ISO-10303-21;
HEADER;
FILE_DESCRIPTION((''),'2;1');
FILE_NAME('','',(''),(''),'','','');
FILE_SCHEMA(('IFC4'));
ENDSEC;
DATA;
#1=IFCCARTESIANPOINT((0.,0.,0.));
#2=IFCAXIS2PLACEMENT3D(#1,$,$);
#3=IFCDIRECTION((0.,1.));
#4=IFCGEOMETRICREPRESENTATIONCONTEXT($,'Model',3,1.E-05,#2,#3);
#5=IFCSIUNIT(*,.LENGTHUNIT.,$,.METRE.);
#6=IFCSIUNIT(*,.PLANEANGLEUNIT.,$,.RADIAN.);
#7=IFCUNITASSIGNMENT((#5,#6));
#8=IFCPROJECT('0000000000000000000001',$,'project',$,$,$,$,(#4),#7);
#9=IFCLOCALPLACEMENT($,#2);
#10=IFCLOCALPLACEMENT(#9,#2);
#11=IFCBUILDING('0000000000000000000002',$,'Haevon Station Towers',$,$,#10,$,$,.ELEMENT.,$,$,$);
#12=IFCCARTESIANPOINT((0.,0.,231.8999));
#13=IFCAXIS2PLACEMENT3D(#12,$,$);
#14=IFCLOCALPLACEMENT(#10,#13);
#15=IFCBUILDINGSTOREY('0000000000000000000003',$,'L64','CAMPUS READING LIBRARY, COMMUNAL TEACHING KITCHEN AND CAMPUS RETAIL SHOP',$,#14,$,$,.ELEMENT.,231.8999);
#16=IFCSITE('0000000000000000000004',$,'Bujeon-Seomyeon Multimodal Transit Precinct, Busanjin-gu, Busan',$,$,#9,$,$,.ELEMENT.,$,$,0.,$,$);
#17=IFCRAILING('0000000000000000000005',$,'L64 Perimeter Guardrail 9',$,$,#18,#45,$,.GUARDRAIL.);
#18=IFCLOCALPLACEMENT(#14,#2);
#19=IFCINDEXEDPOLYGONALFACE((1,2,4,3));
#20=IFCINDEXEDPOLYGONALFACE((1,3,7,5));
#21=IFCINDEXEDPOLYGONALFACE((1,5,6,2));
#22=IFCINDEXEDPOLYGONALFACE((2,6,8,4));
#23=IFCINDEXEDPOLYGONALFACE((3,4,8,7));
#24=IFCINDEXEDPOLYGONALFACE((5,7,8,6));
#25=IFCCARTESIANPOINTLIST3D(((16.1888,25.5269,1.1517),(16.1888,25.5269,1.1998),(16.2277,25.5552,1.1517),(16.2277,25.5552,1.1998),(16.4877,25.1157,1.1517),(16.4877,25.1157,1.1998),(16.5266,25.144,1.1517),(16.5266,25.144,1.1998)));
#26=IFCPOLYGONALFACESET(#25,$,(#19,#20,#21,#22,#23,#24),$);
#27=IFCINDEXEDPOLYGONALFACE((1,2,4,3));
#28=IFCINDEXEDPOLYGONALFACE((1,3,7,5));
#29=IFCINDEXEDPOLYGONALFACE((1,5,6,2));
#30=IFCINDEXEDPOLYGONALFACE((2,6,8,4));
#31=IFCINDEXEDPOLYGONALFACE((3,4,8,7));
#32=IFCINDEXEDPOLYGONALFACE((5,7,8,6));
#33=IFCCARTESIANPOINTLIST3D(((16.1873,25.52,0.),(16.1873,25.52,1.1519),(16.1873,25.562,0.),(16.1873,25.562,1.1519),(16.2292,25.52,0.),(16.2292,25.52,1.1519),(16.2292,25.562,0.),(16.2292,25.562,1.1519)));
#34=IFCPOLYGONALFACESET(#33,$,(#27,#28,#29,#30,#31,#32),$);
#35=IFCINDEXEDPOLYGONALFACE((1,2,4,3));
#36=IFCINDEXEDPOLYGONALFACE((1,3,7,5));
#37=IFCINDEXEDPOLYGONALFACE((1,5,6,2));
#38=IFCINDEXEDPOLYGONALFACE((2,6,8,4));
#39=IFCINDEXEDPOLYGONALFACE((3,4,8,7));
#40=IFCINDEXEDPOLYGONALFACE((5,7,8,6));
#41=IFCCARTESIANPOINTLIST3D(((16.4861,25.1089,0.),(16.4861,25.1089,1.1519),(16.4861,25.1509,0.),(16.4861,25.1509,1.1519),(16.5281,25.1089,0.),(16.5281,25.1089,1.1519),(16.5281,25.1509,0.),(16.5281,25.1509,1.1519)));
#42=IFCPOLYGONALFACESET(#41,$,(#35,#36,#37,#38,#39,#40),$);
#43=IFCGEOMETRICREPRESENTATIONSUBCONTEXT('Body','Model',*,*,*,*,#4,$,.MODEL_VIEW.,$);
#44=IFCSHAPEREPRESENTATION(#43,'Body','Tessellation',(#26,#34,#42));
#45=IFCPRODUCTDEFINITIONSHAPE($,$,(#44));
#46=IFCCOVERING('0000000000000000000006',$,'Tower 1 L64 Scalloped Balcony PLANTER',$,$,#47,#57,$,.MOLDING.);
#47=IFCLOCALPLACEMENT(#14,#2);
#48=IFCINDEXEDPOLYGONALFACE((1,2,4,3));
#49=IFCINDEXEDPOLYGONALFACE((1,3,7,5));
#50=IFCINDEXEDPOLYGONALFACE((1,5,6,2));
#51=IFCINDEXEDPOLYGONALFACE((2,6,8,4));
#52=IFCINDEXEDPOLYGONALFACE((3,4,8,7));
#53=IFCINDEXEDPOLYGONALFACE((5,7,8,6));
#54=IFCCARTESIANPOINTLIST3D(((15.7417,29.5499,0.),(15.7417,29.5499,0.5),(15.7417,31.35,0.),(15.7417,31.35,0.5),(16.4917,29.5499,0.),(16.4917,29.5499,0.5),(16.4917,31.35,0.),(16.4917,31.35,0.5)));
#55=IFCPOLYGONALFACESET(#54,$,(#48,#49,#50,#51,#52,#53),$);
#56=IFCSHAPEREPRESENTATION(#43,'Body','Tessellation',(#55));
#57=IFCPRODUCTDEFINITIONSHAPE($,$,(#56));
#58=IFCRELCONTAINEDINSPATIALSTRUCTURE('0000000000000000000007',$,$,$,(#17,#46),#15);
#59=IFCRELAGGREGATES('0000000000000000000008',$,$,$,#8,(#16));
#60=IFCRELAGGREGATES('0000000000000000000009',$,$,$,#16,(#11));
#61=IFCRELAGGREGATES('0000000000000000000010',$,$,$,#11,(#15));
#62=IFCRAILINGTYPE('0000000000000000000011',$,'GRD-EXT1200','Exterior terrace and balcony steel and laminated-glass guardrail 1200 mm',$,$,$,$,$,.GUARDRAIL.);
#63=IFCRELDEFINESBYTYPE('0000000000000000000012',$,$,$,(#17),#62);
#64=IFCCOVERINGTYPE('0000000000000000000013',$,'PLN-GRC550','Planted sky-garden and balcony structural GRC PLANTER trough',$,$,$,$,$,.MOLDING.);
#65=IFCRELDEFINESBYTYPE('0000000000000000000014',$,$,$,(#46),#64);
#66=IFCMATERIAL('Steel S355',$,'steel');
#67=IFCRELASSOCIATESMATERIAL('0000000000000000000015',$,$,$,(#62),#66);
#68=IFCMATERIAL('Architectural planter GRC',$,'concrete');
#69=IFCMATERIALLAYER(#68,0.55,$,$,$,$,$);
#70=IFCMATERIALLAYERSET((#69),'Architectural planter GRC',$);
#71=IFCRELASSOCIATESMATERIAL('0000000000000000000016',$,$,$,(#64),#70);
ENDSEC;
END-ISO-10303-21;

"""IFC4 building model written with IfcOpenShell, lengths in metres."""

from ifc_helpers import new_model, si_unit, direction, frame, origin, origin_2d, place, context, subcontext, project, spatial, rectangle, extrude, material, layer, layer_set, type_object, element, save


model = new_model("IFC4")

# Units and contexts
model_context = context("Model", 3, precision=1e-05, world=origin(), true_north=direction((0.0, 1.0)))
body_context = subcontext(model_context, "Body", "Model", "MODEL_VIEW")
ifc_project = project(units=[si_unit("LENGTHUNIT", "METRE"), si_unit("PLANEANGLEUNIT", "RADIAN")], contexts=[model_context])

# Site, building, storey
site_placement = place(None, origin())
site = spatial("IfcSite", under=ifc_project, at=site_placement, Name="Bujeon-Seomyeon Multimodal Transit Precinct, Busanjin-gu, Busan", CompositionType="ELEMENT", RefElevation=0.0)
building_placement = place(site_placement, origin())
building = spatial("IfcBuilding", under=site, at=building_placement, Name="Haevon Station Towers", CompositionType="ELEMENT")
storey_placement = place(building_placement, frame((0.0, 0.0, 231.8999)))
storey = spatial("IfcBuildingStorey", under=building, at=storey_placement, Name="L64", Description="CAMPUS READING LIBRARY, COMMUNAL TEACHING KITCHEN AND CAMPUS RETAIL SHOP", CompositionType="ELEMENT", Elevation=231.8999)

# Shared definitions
ifc_material_1 = material(Name="Steel S355", Category="steel")

# Railing
railing_type = type_object("IfcRailingType", Name="GRD-EXT1200", Description="Exterior terrace and balcony steel and laminated-glass guardrail 1200 mm", PredefinedType="GUARDRAIL", material=ifc_material_1)
railing_1_placement = place(storey_placement, frame((16.2083, 25.541, 0.0)))
element("IfcRailing", 1, at=railing_1_placement, inside=storey, type_object=railing_type, Name="L64 Perimeter Guardrail 9", PredefinedType="GUARDRAIL", context=body_context, shape_type="SweptSolid", body=[
    extrude(rectangle(XDim=0.0481, YDim=0.0481, at=origin_2d()), frame((0.0, 0.0, 1.1758), z_axis=(0.587943, -0.808902, 0.0), x_axis=(0.808902, 0.587943, 0.0)), (0.0, 0.0, 1.0), 0.5083),
    extrude(rectangle(XDim=0.042, YDim=0.042, at=origin_2d()), origin(), (0.0, 0.0, 1.0), 1.1519),
    extrude(rectangle(XDim=0.042, YDim=0.042, at=origin_2d()), frame((0.2988, -0.4111, 0.0)), (0.0, 0.0, 1.0), 1.1519),
])

# Covering
ifc_material_2 = material(Name="Architectural planter GRC", Category="concrete")
ifc_layer_1 = layer(ifc_material_2, 0.55)
ifc_layer_set_1 = layer_set([ifc_layer_1], Name="Architectural planter GRC")
covering_type = type_object("IfcCoveringType", Name="PLN-GRC550", Description="Planted sky-garden and balcony structural GRC PLANTER trough", PredefinedType="MOLDING", material=ifc_layer_set_1)
covering_placement = place(storey_placement, frame((16.1167, 30.45, 0.0), z_axis=(0.0, 0.0, 1.0), x_axis=(1.0, 0.0, 0.0)))
element("IfcCovering", 2, at=covering_placement, inside=storey, type_object=covering_type, Name="Tower 1 L64 Scalloped Balcony PLANTER", PredefinedType="MOLDING", context=body_context, shape_type="SweptSolid", body=[
    extrude(rectangle(XDim=0.75, YDim=1.8, at=origin_2d()), origin(), (0.0, 0.0, 1.0), 0.5),
])

save(model, "model.ifc")
